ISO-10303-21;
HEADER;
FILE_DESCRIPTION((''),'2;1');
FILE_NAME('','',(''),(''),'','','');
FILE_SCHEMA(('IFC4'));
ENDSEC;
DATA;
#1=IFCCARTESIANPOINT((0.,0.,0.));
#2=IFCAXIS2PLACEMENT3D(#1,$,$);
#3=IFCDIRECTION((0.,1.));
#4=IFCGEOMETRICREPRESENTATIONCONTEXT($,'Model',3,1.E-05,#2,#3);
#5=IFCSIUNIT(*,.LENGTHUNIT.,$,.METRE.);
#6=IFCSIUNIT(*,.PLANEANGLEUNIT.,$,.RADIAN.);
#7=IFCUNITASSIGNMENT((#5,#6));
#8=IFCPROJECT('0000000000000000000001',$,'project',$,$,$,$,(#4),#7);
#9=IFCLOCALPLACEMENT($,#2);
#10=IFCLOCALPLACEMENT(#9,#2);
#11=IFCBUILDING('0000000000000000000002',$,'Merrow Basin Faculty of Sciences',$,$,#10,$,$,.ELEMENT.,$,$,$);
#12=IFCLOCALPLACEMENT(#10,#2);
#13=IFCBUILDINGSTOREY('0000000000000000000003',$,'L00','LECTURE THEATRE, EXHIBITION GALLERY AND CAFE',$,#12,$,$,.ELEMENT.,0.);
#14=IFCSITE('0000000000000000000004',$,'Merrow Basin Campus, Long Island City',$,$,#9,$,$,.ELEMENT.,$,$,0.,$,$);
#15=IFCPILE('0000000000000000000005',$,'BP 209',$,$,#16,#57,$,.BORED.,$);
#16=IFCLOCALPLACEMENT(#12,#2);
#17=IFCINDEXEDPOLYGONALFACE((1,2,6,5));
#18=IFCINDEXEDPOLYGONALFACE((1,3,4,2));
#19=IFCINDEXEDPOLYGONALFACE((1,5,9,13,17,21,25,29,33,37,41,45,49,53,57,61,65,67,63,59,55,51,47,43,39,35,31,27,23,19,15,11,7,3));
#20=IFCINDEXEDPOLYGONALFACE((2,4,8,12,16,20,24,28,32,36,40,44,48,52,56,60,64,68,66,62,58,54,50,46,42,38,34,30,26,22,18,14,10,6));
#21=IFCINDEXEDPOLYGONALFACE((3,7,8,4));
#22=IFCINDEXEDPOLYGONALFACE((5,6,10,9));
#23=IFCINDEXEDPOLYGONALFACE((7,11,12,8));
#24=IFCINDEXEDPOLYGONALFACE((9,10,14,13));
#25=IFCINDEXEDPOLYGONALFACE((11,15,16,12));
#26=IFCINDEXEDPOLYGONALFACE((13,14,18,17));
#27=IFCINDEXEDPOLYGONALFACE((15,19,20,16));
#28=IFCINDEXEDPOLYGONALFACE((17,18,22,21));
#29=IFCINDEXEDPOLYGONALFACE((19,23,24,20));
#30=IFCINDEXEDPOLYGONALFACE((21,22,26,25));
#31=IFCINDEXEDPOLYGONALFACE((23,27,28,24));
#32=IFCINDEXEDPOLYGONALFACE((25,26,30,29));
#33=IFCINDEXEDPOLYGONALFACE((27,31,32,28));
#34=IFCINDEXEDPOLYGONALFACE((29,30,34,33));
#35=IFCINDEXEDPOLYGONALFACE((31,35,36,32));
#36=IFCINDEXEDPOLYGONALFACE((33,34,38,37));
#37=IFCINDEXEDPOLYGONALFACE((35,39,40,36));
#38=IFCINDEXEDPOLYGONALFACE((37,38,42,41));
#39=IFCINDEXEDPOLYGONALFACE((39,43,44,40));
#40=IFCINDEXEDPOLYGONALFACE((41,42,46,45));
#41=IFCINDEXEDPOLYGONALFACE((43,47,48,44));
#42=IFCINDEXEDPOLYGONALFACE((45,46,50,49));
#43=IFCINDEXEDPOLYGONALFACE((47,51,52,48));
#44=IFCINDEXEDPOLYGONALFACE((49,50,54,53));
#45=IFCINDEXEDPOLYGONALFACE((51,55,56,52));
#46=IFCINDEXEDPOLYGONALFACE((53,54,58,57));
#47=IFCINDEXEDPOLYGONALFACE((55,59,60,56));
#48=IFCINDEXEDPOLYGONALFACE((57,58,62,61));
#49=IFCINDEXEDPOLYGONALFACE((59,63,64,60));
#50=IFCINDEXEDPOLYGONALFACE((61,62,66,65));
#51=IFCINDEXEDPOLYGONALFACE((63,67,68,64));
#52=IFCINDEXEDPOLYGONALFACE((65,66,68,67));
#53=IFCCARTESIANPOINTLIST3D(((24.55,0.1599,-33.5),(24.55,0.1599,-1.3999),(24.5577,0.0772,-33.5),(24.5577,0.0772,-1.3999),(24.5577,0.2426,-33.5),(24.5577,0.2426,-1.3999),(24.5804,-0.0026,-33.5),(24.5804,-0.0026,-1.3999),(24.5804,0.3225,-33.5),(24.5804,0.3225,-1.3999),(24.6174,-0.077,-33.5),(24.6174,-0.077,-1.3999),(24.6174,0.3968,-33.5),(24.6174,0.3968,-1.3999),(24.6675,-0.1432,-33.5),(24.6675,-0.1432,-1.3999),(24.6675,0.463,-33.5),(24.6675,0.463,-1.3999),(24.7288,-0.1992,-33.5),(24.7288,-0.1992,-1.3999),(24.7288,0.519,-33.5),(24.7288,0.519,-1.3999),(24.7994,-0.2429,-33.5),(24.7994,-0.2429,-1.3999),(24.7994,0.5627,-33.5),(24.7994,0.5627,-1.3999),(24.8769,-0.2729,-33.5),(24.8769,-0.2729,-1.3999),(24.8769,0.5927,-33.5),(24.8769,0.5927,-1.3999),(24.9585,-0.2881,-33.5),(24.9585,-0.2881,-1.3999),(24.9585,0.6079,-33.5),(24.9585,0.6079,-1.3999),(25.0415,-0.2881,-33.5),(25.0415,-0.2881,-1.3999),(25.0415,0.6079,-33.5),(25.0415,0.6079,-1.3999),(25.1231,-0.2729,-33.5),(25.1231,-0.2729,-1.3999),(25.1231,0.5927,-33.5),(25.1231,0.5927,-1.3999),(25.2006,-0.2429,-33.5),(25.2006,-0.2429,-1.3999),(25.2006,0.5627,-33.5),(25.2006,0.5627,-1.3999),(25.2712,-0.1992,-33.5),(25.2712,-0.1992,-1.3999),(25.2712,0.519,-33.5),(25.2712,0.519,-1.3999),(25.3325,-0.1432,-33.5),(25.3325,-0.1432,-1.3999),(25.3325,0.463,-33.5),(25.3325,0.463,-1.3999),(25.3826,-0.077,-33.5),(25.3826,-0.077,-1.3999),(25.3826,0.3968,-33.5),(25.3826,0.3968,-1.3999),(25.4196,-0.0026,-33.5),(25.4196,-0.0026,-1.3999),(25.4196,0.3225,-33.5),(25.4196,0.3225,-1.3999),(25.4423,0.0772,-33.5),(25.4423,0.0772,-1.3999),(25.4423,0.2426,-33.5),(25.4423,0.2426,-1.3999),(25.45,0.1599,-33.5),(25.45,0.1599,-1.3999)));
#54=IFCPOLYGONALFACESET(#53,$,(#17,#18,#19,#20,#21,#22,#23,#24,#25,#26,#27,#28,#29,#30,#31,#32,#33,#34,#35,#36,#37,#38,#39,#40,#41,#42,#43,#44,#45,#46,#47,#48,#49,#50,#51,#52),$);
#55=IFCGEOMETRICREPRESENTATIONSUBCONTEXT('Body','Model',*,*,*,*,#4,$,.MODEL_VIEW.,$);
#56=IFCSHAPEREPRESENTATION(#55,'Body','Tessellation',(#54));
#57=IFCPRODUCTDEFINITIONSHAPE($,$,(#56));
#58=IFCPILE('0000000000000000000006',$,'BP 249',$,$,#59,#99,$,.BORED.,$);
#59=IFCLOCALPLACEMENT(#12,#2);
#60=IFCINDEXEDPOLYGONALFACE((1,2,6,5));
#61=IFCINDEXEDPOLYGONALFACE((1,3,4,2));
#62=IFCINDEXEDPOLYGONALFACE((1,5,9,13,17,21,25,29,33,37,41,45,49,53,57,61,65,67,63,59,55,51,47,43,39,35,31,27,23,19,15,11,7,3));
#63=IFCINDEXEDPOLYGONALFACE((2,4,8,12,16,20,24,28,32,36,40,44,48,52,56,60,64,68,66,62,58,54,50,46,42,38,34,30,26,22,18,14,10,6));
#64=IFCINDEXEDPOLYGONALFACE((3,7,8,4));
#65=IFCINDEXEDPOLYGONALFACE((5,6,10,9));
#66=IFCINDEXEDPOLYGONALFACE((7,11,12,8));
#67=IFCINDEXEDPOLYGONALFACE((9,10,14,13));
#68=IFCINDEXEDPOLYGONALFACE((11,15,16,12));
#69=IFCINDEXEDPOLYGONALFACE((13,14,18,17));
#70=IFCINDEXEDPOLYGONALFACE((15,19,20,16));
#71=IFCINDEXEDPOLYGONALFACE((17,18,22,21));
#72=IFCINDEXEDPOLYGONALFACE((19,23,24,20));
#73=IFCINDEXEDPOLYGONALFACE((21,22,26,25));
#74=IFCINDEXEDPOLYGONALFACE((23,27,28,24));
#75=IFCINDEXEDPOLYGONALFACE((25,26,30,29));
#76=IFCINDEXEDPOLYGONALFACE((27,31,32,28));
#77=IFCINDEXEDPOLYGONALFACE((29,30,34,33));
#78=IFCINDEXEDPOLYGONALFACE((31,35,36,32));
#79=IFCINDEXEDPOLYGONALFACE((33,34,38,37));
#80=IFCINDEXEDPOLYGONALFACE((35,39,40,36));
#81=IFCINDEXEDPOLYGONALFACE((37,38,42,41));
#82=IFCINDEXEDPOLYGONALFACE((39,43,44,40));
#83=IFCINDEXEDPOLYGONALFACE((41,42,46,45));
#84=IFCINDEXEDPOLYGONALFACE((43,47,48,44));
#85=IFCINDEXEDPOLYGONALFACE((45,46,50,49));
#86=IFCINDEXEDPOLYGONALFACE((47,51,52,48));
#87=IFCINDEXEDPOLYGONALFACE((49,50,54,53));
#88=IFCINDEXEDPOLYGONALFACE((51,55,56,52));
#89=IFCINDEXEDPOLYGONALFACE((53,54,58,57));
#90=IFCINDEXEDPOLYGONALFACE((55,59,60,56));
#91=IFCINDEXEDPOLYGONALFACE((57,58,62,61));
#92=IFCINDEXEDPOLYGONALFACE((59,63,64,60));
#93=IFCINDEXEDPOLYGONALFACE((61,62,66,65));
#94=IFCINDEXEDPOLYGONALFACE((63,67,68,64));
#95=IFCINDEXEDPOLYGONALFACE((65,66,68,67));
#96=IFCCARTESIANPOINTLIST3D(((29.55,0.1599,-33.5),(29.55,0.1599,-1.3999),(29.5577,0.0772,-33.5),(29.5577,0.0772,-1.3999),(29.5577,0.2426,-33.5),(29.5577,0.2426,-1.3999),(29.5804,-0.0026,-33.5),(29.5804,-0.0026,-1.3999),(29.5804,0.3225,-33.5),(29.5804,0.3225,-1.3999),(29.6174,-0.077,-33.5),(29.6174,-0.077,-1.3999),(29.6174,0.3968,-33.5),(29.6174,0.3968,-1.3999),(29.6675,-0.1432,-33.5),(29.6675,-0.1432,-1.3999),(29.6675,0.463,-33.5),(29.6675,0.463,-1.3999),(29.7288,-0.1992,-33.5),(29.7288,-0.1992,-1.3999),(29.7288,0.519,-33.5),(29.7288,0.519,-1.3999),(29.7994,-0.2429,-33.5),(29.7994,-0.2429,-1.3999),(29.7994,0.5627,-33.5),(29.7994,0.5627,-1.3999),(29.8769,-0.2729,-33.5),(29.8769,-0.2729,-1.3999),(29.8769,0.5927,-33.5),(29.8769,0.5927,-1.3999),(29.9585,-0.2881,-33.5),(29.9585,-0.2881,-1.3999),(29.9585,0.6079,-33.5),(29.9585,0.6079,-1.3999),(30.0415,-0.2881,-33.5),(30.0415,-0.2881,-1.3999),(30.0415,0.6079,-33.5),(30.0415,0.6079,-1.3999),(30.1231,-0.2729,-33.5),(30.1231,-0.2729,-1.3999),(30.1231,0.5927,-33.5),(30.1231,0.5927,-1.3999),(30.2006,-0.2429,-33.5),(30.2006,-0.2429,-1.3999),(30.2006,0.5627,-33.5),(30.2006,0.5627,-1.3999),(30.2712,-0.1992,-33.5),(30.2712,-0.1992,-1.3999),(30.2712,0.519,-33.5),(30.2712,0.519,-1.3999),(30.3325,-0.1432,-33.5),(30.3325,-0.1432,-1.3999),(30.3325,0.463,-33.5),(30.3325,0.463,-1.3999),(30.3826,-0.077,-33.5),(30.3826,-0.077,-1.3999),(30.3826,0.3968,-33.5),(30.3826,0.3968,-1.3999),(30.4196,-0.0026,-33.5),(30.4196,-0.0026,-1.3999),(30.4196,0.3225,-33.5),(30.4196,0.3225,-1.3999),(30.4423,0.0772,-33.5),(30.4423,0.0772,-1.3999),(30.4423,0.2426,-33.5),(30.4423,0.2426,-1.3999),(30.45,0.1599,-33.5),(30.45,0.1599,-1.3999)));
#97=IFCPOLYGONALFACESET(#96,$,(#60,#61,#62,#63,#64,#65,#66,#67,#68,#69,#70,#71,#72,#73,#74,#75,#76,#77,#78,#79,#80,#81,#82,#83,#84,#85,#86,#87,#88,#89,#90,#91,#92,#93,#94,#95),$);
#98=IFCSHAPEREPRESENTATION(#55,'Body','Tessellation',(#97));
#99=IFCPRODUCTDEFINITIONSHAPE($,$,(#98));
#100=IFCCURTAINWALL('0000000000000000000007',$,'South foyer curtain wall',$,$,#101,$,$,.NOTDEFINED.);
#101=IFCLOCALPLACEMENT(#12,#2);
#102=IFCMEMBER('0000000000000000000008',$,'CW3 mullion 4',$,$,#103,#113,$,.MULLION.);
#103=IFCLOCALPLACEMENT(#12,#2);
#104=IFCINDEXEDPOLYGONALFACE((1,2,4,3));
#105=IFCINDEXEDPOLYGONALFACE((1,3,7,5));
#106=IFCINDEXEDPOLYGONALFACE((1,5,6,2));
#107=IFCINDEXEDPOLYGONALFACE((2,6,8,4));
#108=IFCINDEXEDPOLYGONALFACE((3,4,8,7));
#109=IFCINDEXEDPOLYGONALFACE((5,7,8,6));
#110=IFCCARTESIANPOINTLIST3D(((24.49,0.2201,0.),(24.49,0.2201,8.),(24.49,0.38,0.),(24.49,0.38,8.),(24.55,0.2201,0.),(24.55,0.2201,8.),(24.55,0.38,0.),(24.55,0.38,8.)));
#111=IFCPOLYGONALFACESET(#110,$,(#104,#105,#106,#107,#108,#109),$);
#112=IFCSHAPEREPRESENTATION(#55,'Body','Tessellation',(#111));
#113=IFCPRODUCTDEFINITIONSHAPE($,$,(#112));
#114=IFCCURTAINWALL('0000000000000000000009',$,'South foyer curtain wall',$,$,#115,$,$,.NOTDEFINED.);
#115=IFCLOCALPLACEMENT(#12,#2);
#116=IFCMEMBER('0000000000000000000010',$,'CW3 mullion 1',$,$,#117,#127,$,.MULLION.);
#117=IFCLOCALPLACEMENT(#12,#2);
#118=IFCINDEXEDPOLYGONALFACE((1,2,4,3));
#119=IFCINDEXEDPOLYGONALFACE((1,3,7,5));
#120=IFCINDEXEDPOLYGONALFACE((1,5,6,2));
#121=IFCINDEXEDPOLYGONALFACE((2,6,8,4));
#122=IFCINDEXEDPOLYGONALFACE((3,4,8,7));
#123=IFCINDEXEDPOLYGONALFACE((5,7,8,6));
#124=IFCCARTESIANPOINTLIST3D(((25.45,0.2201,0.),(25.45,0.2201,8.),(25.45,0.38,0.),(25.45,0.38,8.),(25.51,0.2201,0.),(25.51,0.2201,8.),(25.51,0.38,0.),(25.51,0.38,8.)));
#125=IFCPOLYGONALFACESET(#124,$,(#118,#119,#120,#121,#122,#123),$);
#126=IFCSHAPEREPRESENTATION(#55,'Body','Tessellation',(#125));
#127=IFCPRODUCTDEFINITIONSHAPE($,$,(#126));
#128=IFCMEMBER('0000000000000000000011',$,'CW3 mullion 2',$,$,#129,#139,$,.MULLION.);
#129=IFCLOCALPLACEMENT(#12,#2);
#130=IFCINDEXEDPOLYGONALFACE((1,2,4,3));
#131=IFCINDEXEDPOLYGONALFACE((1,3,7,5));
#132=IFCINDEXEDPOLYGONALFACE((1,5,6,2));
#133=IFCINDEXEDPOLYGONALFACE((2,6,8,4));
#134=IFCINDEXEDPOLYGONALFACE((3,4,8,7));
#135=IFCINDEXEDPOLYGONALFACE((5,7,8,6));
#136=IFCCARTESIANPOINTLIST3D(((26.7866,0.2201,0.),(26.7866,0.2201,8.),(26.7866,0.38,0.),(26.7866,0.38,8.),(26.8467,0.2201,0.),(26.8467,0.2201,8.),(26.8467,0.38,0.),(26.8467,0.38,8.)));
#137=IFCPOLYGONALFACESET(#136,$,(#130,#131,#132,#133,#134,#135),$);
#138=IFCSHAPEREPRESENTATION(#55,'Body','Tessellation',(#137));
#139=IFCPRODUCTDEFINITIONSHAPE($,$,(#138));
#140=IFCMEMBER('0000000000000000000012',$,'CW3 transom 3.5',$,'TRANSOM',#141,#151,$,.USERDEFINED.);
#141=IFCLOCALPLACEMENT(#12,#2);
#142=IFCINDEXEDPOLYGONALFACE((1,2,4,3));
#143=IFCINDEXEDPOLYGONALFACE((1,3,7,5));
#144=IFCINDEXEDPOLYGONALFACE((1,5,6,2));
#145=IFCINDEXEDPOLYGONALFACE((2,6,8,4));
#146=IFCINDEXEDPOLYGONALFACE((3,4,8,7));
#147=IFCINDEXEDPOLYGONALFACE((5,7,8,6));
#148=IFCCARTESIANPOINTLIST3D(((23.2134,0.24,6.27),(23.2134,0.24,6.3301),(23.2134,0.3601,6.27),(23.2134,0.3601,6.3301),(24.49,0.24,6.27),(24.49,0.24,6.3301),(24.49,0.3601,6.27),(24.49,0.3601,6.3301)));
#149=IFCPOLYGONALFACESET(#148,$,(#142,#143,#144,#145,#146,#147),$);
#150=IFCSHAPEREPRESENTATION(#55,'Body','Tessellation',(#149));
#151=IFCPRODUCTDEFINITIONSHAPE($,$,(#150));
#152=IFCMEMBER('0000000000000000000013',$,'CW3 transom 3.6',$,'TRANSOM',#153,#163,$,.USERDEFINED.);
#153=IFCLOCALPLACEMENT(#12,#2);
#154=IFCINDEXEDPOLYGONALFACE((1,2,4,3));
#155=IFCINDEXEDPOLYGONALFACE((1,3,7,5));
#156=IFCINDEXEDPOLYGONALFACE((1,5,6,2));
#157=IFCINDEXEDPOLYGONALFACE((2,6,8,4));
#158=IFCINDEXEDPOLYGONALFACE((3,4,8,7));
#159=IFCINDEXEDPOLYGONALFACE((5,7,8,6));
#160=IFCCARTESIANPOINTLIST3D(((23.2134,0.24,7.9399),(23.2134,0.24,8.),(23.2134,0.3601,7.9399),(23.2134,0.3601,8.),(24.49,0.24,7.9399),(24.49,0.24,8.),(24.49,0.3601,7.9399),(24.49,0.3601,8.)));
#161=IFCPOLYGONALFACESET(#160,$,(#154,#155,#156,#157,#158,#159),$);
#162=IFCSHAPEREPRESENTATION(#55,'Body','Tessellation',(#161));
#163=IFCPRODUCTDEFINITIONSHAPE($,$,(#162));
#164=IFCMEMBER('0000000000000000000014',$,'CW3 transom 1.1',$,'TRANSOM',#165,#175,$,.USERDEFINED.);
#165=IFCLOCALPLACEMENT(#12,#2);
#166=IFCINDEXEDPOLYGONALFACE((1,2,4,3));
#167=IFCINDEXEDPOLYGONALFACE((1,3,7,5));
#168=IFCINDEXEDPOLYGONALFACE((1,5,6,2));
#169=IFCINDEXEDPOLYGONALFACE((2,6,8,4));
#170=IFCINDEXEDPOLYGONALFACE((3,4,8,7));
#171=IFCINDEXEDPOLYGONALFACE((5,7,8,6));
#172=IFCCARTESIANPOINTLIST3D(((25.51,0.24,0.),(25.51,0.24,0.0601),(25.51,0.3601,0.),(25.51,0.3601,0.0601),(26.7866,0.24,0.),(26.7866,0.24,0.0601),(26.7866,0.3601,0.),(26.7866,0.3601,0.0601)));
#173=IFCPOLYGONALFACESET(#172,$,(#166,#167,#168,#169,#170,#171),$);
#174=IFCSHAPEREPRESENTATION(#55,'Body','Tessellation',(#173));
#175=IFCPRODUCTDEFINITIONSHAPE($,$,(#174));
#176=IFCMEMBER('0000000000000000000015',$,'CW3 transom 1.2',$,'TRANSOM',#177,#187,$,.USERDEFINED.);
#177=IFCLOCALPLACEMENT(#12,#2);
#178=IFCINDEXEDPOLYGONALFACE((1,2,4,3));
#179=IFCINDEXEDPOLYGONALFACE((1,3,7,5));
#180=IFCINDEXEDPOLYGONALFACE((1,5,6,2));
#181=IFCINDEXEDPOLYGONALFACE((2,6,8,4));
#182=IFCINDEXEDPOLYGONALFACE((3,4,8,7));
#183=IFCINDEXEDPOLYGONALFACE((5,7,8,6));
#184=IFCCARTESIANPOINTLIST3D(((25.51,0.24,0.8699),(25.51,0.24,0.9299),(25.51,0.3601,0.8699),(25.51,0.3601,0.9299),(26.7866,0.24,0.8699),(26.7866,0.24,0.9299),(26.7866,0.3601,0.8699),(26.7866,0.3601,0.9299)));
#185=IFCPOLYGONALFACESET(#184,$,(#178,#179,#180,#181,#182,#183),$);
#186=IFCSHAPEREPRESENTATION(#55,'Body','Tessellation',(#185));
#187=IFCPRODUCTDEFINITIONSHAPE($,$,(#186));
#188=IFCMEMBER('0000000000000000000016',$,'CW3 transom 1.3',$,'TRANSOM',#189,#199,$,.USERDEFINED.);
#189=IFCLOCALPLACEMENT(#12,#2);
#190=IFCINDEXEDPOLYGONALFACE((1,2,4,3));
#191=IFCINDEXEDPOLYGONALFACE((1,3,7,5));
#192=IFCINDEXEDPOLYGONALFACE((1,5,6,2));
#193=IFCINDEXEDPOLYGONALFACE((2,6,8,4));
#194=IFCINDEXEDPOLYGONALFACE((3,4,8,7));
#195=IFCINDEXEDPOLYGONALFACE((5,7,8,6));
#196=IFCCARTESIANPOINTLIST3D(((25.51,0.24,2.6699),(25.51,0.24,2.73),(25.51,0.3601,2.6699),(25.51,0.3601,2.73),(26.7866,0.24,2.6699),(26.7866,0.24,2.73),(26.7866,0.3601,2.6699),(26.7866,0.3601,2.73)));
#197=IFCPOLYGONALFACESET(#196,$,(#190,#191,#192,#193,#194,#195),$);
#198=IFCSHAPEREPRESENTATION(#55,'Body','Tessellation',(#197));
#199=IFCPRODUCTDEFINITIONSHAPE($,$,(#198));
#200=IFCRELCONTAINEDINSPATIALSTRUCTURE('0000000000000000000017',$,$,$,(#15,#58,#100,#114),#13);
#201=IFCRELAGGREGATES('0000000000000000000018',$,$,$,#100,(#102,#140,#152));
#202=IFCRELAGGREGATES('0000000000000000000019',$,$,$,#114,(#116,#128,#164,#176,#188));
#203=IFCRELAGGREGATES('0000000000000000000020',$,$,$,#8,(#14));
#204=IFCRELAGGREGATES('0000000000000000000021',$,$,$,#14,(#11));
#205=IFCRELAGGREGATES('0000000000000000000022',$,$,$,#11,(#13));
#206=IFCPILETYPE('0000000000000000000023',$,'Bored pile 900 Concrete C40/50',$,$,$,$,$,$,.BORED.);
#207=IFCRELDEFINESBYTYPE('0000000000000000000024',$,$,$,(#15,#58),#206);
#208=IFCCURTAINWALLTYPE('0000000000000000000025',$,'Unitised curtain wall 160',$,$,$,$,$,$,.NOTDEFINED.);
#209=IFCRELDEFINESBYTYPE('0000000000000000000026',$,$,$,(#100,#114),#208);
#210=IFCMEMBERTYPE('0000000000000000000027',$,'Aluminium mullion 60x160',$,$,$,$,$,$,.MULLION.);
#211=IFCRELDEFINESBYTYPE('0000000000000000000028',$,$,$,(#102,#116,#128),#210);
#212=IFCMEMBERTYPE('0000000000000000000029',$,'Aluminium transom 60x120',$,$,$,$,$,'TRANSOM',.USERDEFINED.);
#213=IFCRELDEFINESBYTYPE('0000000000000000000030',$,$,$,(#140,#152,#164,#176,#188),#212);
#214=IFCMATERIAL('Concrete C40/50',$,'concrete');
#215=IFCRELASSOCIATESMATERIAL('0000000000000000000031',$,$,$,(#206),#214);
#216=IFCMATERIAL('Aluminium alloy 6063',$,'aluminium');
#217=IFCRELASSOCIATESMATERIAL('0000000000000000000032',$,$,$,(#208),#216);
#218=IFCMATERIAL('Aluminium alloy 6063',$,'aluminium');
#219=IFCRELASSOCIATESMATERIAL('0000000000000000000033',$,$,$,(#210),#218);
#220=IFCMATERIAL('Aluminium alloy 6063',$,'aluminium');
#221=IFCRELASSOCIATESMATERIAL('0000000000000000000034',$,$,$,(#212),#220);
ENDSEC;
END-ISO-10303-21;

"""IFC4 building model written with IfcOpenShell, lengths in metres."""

from ifc_helpers import new_model, si_unit, direction, frame, origin, origin_2d, place, context, subcontext, project, spatial, rectangle, circle, extrude, material, material_profile, profile_set, type_object, element, aggregate, save


model = new_model("IFC4")

# Units and contexts
model_context = context("Model", 3, precision=1e-05, world=origin(), true_north=direction((0.0, 1.0)))
body_context = subcontext(model_context, "Body", "Model", "MODEL_VIEW")
ifc_project = project(units=[si_unit("LENGTHUNIT", "METRE"), si_unit("PLANEANGLEUNIT", "RADIAN")], contexts=[model_context])

# Site, building, storey
site_placement = place(None, origin())
site = spatial("IfcSite", under=ifc_project, at=site_placement, Name="Merrow Basin Campus, Long Island City", CompositionType="ELEMENT", RefElevation=0.0)
building_placement = place(site_placement, origin())
building = spatial("IfcBuilding", under=site, at=building_placement, Name="Merrow Basin Faculty of Sciences", CompositionType="ELEMENT")
storey_placement = place(building_placement, origin())
storey = spatial("IfcBuildingStorey", under=building, at=storey_placement, Name="L00", Description="LECTURE THEATRE, EXHIBITION GALLERY AND CAFE", CompositionType="ELEMENT", Elevation=0.0)

# Piles
ifc_material_1 = material(Name="Concrete C40/50", Category="concrete")
ifc_material_profile_1 = material_profile(ifc_material_1, circle(Radius=0.45, at=origin_2d()))
ifc_profile_set_1 = profile_set([ifc_material_profile_1], Name="Concrete C40/50")
pile_type = type_object("IfcPileType", Name="Bored pile 900 Concrete C40/50", PredefinedType="BORED", material=ifc_profile_set_1)
for number, where, z_axis, x_axis, name in (
    (1, (25.0, 0.1599, -1.3999), (0.0, 0.0, -1.0), (1.0, 0.0, 0.0), "BP 209"),
    (2, (30.0, 0.1599, -1.3999), (0.0, 0.0, -1.0), (1.0, 0.0, 0.0), "BP 249"),
):
    element("IfcPile", number, at=place(storey_placement, frame(where, z_axis=z_axis, x_axis=x_axis)), inside=storey, type_object=pile_type, Name=name, PredefinedType="BORED", context=body_context, shape_type="SweptSolid", body=[
        extrude(circle(Radius=0.45, at=origin_2d()), origin(), (0.0, 0.0, 1.0), 32.1001),
    ])

# Curtain wall, member
ifc_material_2 = material(Name="Aluminium alloy 6063", Category="aluminium")
curtain_wall_type = type_object("IfcCurtainWallType", Name="Unitised curtain wall 160", PredefinedType="NOTDEFINED", material=ifc_material_2)
curtain_wall_1_placement = place(storey_placement, origin())
curtain_wall_1 = element("IfcCurtainWall", 3, at=curtain_wall_1_placement, inside=storey, type_object=curtain_wall_type, Name="South foyer curtain wall", PredefinedType="NOTDEFINED")
ifc_material_3 = material(Name="Aluminium alloy 6063", Category="aluminium")
ifc_material_profile_2 = material_profile(ifc_material_3, rectangle(XDim=0.1599, YDim=0.0601, at=origin_2d()))
ifc_profile_set_2 = profile_set([ifc_material_profile_2], Name="Aluminium alloy 6063")
member_type_1 = type_object("IfcMemberType", Name="Aluminium mullion 60x160", PredefinedType="MULLION", material=ifc_profile_set_2)
member_1_placement = place(storey_placement, frame((24.52, 0.3, 0.0), z_axis=(0.0, 0.0, 1.0), x_axis=(0.0, 1.0, 0.0)))
member_1 = element("IfcMember", 4, at=member_1_placement, type_object=member_type_1, Name="CW3 mullion 4", PredefinedType="MULLION", context=body_context, shape_type="SweptSolid", body=[
    extrude(rectangle(XDim=0.1599, YDim=0.0601, at=origin_2d()), origin(), (0.0, 0.0, 1.0), 8.0),
])

# Curtain wall, members
curtain_wall_2_placement = place(storey_placement, origin())
curtain_wall_2 = element("IfcCurtainWall", 5, at=curtain_wall_2_placement, inside=storey, type_object=curtain_wall_type, Name="South foyer curtain wall", PredefinedType="NOTDEFINED")
member_2_placement = place(storey_placement, frame((25.48, 0.3, 0.0), z_axis=(0.0, 0.0, 1.0), x_axis=(0.0, 1.0, 0.0)))
member_2 = element("IfcMember", 6, at=member_2_placement, type_object=member_type_1, Name="CW3 mullion 1", PredefinedType="MULLION", context=body_context, shape_type="SweptSolid", body=[
    extrude(rectangle(XDim=0.1599, YDim=0.0601, at=origin_2d()), origin(), (0.0, 0.0, 1.0), 8.0),
])
member_3_placement = place(storey_placement, frame((26.8167, 0.3, 0.0), z_axis=(0.0, 0.0, 1.0), x_axis=(0.0, 1.0, 0.0)))
member_3 = element("IfcMember", 7, at=member_3_placement, type_object=member_type_1, Name="CW3 mullion 2", PredefinedType="MULLION", context=body_context, shape_type="SweptSolid", body=[
    extrude(rectangle(XDim=0.1599, YDim=0.0601, at=origin_2d()), origin(), (0.0, 0.0, 1.0), 8.0),
])

# Members
ifc_material_4 = material(Name="Aluminium alloy 6063", Category="aluminium")
ifc_material_profile_3 = material_profile(ifc_material_4, rectangle(XDim=0.1201, YDim=0.0601, at=origin_2d()))
ifc_profile_set_3 = profile_set([ifc_material_profile_3], Name="Aluminium alloy 6063")
member_type_2 = type_object("IfcMemberType", Name="Aluminium transom 60x120", ElementType="TRANSOM", PredefinedType="USERDEFINED", material=ifc_profile_set_3)
member_4_placement = place(storey_placement, frame((23.2134, 0.3, 6.3), z_axis=(1.0, 0.0, 0.0), x_axis=(0.0, 1.0, 0.0)))
member_4 = element("IfcMember", 8, at=member_4_placement, type_object=member_type_2, Name="CW3 transom 3.5", ObjectType="TRANSOM", PredefinedType="USERDEFINED", context=body_context, shape_type="SweptSolid", body=[
    extrude(rectangle(XDim=0.1201, YDim=0.0601, at=origin_2d()), origin(), (0.0, 0.0, 1.0), 1.2766),
])
member_5_placement = place(storey_placement, frame((23.2134, 0.3, 7.97), z_axis=(1.0, 0.0, 0.0), x_axis=(0.0, 1.0, 0.0)))
member_5 = element("IfcMember", 9, at=member_5_placement, type_object=member_type_2, Name="CW3 transom 3.6", ObjectType="TRANSOM", PredefinedType="USERDEFINED", context=body_context, shape_type="SweptSolid", body=[
    extrude(rectangle(XDim=0.1201, YDim=0.0601, at=origin_2d()), origin(), (0.0, 0.0, 1.0), 1.2766),
])
member_6_placement = place(storey_placement, frame((25.51, 0.3, 0.03), z_axis=(1.0, 0.0, 0.0), x_axis=(0.0, 1.0, 0.0)))
member_6 = element("IfcMember", 10, at=member_6_placement, type_object=member_type_2, Name="CW3 transom 1.1", ObjectType="TRANSOM", PredefinedType="USERDEFINED", context=body_context, shape_type="SweptSolid", body=[
    extrude(rectangle(XDim=0.1201, YDim=0.0601, at=origin_2d()), origin(), (0.0, 0.0, 1.0), 1.2766),
])
member_7_placement = place(storey_placement, frame((25.51, 0.3, 0.8999), z_axis=(1.0, 0.0, 0.0), x_axis=(0.0, 1.0, 0.0)))
member_7 = element("IfcMember", 11, at=member_7_placement, type_object=member_type_2, Name="CW3 transom 1.2", ObjectType="TRANSOM", PredefinedType="USERDEFINED", context=body_context, shape_type="SweptSolid", body=[
    extrude(rectangle(XDim=0.1201, YDim=0.0601, at=origin_2d()), origin(), (0.0, 0.0, 1.0), 1.2766),
])
member_8_placement = place(storey_placement, frame((25.51, 0.3, 2.7), z_axis=(1.0, 0.0, 0.0), x_axis=(0.0, 1.0, 0.0)))
member_8 = element("IfcMember", 12, at=member_8_placement, type_object=member_type_2, Name="CW3 transom 1.3", ObjectType="TRANSOM", PredefinedType="USERDEFINED", context=body_context, shape_type="SweptSolid", body=[
    extrude(rectangle(XDim=0.1201, YDim=0.0601, at=origin_2d()), origin(), (0.0, 0.0, 1.0), 1.2766),
])

aggregate(curtain_wall_1, [member_1, member_4, member_5])
aggregate(curtain_wall_2, [member_2, member_3, member_6, member_7, member_8])

save(model, "model.ifc")
